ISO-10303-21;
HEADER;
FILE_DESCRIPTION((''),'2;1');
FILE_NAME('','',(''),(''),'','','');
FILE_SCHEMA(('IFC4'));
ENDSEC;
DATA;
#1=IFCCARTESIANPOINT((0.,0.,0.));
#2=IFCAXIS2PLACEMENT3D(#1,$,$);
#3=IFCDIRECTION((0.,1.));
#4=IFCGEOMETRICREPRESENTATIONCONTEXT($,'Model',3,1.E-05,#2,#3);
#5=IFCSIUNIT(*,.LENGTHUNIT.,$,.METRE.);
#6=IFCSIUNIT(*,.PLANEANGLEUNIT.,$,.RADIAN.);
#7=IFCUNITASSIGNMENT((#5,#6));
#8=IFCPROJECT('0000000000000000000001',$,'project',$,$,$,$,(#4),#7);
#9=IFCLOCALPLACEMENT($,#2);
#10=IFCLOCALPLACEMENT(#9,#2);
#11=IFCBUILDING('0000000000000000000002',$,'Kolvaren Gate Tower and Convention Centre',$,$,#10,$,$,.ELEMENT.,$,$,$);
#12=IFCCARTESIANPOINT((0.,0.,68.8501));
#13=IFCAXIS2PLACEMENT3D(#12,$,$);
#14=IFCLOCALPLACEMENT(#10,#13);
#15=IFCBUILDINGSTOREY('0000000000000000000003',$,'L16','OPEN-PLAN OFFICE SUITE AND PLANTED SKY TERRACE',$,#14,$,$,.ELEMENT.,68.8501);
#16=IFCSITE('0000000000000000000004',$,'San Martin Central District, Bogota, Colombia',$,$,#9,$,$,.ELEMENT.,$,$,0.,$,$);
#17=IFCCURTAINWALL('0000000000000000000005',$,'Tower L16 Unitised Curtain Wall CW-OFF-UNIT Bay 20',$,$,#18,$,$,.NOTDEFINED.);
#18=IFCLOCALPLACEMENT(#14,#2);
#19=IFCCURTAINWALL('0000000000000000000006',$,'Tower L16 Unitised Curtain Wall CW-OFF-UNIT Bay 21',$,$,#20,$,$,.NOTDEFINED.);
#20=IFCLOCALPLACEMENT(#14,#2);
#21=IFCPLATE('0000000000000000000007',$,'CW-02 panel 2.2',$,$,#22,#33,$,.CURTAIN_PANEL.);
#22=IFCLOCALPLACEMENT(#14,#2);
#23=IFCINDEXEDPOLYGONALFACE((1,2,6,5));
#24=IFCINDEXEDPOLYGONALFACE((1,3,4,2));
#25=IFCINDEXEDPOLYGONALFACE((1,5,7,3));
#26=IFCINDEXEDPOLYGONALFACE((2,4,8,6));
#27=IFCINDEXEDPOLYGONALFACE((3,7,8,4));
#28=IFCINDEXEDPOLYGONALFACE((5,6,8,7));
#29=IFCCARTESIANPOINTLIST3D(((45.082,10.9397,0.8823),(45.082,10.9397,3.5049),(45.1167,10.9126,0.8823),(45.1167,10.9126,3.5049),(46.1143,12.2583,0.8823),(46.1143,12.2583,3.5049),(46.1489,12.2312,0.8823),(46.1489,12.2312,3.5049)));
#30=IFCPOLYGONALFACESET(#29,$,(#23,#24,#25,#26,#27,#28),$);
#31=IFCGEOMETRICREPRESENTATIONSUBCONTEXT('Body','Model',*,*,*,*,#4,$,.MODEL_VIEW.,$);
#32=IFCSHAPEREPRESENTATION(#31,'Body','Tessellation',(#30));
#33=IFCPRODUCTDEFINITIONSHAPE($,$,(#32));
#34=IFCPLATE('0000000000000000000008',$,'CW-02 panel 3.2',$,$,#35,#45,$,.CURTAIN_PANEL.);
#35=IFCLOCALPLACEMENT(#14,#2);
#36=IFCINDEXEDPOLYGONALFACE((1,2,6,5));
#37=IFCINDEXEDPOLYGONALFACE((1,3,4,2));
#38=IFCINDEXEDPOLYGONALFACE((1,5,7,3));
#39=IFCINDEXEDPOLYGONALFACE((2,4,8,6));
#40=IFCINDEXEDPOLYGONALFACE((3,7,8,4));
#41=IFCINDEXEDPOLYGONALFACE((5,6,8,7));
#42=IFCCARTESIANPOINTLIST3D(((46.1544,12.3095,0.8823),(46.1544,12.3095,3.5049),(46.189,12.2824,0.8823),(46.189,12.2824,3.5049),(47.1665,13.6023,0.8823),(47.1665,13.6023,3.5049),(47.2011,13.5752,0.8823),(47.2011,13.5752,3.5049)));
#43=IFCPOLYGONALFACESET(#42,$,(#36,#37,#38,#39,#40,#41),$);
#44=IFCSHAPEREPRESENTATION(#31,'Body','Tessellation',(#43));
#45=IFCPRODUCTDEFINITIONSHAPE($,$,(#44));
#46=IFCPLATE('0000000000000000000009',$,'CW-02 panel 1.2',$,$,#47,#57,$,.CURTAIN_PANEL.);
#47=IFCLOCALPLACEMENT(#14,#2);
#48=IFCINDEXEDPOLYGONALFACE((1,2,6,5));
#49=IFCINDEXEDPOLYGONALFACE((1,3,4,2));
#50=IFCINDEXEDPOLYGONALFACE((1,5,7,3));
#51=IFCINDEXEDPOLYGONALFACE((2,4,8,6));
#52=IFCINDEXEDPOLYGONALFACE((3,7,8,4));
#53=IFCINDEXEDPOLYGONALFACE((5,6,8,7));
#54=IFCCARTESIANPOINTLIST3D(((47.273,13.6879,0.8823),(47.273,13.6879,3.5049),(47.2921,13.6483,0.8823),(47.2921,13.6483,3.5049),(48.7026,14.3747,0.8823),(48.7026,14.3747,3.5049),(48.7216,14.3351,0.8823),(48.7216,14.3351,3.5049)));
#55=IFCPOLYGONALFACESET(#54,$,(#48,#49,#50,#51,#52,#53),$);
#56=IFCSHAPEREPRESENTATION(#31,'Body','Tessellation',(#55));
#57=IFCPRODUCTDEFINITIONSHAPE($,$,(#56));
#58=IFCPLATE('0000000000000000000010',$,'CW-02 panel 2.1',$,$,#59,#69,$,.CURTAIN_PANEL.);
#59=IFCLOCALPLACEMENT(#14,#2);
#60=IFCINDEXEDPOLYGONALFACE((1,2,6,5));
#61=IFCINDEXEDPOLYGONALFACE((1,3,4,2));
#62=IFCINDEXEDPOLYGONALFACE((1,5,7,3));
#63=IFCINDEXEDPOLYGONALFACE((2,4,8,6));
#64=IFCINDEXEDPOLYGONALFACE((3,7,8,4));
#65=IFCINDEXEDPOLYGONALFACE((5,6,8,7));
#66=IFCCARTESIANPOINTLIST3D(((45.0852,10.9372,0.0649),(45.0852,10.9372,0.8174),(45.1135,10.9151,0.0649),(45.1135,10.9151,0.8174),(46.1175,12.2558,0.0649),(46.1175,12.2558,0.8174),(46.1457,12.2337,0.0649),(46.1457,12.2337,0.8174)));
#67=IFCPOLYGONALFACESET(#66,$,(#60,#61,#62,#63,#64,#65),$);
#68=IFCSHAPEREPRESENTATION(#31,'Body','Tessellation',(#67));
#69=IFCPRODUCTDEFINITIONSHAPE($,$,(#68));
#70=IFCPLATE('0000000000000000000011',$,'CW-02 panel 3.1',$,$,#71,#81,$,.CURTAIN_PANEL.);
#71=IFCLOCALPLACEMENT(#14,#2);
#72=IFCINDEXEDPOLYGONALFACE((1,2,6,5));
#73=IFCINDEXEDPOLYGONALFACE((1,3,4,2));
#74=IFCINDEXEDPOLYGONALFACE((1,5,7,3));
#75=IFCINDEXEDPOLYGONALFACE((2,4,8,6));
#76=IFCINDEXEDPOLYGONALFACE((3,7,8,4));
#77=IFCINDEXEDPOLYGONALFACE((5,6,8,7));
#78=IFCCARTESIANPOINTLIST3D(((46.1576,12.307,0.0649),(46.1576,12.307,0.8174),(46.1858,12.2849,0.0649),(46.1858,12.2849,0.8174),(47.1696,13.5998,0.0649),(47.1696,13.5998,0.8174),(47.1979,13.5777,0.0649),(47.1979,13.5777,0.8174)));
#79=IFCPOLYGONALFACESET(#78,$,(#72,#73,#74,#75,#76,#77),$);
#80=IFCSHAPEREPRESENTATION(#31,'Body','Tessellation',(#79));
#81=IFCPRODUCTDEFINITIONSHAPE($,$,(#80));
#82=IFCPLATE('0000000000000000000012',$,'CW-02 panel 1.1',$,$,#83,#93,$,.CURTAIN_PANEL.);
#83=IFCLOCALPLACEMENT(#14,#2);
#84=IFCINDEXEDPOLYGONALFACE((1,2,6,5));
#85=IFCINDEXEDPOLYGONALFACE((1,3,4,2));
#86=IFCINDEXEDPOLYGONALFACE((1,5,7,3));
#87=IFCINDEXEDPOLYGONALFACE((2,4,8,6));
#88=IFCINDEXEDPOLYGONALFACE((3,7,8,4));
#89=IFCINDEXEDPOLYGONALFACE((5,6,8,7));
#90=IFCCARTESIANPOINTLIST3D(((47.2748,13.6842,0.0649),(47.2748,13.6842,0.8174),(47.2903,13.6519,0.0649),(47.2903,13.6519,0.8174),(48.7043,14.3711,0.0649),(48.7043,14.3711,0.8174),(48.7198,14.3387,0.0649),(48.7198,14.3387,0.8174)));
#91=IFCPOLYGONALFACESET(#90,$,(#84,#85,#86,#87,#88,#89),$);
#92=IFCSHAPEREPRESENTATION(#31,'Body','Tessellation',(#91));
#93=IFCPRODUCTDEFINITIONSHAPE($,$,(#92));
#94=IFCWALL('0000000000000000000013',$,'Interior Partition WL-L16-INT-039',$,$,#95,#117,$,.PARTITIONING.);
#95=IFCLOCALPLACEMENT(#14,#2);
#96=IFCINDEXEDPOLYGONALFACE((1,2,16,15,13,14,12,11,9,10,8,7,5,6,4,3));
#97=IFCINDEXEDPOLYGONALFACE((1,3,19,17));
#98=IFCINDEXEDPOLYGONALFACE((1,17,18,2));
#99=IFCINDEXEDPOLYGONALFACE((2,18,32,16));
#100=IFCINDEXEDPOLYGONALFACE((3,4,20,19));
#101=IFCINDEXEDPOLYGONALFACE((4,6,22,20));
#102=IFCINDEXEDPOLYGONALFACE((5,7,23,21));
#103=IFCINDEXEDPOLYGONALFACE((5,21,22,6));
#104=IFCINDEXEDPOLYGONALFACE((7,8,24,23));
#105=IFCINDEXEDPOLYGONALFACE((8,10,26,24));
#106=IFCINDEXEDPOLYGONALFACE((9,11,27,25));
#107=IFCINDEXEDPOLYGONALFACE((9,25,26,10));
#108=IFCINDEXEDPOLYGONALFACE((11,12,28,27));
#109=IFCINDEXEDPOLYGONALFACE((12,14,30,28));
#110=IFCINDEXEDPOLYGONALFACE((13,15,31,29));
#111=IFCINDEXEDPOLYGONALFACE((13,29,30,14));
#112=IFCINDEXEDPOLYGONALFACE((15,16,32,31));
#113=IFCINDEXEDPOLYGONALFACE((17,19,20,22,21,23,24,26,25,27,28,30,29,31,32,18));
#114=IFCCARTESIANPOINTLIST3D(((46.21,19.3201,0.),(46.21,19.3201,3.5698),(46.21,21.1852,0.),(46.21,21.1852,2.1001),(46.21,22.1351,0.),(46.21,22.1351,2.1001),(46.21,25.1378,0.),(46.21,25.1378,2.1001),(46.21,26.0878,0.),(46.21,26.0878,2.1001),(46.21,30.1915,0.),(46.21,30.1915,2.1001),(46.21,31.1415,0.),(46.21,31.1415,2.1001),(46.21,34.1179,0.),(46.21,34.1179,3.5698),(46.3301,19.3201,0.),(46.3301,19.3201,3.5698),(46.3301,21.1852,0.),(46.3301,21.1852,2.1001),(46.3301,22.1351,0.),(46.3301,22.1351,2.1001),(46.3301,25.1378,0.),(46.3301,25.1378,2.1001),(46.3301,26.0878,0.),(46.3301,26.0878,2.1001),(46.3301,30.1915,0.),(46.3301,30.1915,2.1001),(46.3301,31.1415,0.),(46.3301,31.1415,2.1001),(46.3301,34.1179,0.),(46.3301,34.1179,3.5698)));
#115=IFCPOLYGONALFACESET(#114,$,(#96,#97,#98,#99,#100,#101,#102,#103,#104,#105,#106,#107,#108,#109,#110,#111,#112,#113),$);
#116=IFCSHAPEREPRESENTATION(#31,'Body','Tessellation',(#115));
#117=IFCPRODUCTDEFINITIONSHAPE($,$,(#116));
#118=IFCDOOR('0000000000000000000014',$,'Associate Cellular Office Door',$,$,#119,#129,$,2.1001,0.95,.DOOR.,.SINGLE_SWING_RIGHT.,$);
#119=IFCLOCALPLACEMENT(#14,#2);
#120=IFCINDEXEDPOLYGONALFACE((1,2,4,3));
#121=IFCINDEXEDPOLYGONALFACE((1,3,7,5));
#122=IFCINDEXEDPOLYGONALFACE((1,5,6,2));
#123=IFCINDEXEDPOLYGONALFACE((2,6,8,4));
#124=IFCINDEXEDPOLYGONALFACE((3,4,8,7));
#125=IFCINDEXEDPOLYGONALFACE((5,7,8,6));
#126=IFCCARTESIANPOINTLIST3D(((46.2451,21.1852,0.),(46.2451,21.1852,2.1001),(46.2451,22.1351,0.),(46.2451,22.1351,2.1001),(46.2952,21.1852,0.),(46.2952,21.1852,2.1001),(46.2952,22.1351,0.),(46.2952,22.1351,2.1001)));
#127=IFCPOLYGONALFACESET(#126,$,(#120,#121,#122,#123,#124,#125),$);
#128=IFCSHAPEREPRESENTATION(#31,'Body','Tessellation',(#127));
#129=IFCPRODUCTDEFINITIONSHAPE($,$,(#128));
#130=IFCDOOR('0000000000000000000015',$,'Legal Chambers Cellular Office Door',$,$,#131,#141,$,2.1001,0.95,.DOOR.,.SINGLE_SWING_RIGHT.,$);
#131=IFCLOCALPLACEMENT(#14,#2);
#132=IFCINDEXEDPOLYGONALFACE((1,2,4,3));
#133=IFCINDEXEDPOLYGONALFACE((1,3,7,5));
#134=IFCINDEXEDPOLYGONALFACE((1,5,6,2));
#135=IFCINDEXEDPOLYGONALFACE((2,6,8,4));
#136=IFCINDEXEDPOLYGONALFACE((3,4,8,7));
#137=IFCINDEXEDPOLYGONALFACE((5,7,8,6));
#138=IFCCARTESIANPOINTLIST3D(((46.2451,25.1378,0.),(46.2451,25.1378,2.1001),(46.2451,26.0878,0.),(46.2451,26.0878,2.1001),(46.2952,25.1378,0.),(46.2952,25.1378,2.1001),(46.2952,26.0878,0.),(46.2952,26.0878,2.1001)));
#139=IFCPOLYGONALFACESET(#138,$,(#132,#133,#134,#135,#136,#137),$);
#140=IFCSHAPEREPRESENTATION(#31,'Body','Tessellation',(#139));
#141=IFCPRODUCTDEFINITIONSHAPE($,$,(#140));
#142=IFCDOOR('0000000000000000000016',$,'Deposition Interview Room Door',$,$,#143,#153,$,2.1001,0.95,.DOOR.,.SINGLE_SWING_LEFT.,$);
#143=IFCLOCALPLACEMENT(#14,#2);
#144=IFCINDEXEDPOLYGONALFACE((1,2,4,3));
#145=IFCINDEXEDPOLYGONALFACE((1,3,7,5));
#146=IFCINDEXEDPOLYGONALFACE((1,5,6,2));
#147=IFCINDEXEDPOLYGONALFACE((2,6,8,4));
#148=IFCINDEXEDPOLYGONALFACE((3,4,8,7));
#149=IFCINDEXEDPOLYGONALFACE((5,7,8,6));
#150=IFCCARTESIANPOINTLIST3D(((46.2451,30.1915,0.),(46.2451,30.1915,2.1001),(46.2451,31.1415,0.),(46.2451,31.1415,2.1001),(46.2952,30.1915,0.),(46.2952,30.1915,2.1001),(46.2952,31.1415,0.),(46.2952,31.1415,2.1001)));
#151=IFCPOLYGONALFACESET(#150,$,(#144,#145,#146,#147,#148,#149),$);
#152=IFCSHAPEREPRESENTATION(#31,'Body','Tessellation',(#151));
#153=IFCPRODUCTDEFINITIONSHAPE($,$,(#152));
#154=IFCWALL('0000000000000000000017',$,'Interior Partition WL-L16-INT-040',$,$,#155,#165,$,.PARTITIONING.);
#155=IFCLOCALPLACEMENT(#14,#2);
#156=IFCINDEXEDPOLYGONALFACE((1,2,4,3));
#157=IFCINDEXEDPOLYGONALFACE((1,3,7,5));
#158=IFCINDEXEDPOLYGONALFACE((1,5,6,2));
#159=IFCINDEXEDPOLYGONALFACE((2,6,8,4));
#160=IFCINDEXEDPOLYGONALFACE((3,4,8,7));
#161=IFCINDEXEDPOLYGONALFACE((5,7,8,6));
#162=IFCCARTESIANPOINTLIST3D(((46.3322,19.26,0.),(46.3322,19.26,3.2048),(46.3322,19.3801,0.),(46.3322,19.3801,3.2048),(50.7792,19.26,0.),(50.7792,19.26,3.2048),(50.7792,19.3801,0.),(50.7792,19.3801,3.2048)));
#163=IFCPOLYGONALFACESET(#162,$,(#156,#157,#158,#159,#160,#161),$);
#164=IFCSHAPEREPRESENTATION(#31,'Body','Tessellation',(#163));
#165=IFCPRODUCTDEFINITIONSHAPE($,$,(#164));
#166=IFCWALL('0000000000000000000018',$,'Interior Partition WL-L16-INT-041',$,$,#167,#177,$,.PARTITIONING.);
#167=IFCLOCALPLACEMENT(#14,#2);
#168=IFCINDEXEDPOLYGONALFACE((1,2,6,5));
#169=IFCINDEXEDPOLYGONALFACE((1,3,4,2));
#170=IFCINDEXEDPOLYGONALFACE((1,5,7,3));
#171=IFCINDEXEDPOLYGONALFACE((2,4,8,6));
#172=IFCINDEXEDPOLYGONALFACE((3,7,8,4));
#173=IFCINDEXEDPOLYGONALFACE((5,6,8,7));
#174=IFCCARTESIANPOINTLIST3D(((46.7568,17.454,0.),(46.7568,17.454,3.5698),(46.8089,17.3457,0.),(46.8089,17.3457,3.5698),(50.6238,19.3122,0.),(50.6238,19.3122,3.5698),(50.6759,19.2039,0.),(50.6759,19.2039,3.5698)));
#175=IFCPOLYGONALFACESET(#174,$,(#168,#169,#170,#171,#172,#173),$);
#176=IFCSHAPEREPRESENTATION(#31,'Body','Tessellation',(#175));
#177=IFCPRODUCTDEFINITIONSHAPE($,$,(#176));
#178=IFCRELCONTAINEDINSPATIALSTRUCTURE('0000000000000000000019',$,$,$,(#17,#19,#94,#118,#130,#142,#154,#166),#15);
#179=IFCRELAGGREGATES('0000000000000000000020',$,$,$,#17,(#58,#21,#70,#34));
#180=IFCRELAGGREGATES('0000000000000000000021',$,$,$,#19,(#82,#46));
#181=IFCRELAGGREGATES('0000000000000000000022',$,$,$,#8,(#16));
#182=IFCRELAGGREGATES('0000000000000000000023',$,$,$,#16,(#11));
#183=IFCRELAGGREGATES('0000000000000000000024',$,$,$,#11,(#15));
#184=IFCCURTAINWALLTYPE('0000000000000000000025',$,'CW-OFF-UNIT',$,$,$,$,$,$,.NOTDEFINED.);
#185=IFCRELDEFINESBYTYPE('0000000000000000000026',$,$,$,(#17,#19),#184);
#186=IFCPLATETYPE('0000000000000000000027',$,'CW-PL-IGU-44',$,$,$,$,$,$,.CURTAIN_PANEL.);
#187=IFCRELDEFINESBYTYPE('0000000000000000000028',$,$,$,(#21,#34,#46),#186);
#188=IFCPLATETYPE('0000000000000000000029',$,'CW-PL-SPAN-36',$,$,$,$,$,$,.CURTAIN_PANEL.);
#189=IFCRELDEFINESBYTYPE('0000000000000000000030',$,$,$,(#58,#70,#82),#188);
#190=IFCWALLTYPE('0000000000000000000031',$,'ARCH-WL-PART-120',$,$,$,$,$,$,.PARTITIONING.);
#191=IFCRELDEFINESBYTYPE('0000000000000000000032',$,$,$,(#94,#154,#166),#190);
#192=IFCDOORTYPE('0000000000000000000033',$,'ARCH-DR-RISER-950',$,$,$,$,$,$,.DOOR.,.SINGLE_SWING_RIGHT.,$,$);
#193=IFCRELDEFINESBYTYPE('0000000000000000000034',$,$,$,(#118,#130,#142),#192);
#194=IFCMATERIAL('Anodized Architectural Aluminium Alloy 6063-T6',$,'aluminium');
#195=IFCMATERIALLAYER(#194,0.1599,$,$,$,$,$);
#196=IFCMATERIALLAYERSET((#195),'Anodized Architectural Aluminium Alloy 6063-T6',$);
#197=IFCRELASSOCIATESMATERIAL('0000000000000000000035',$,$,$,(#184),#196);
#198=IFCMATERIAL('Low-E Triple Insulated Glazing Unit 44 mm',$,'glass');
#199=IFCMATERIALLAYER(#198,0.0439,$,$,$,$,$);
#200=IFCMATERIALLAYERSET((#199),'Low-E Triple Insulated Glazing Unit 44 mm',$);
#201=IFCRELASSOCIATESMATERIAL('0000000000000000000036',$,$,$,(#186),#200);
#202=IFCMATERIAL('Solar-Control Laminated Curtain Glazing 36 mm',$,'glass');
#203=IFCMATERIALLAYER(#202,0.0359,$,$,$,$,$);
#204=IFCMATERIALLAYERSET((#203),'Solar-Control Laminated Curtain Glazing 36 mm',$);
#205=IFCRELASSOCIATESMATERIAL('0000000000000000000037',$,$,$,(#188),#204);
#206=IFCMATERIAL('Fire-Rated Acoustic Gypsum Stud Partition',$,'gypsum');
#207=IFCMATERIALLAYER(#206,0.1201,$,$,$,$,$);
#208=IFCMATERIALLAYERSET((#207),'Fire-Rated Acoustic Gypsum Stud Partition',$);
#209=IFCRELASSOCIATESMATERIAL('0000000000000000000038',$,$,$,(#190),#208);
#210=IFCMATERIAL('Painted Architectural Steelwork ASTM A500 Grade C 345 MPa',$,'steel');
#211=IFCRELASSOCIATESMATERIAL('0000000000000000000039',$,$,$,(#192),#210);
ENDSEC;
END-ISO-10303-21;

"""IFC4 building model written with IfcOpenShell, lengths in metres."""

from ifc_helpers import new_model, si_unit, direction, frame, frame_2d, origin, origin_2d, place, context, subcontext, project, spatial, rectangle, extrude, material, layer, layer_set, type_object, element, fill, aggregate, save


model = new_model("IFC4")

# Units and contexts
model_context = context("Model", 3, precision=1e-05, world=origin(), true_north=direction((0.0, 1.0)))
body_context = subcontext(model_context, "Body", "Model", "MODEL_VIEW")
ifc_project = project(units=[si_unit("LENGTHUNIT", "METRE"), si_unit("PLANEANGLEUNIT", "RADIAN")], contexts=[model_context])

# Site, building, storey
site_placement = place(None, origin())
site = spatial("IfcSite", under=ifc_project, at=site_placement, Name="San Martin Central District, Bogota, Colombia", CompositionType="ELEMENT", RefElevation=0.0)
building_placement = place(site_placement, origin())
building = spatial("IfcBuilding", under=site, at=building_placement, Name="Kolvaren Gate Tower and Convention Centre", CompositionType="ELEMENT")
storey_placement = place(building_placement, frame((0.0, 0.0, 68.8501)))
storey = spatial("IfcBuildingStorey", under=building, at=storey_placement, Name="L16", Description="OPEN-PLAN OFFICE SUITE AND PLANTED SKY TERRACE", CompositionType="ELEMENT", Elevation=68.8501)

# Curtain wall
ifc_material_1 = material(Name="Anodized Architectural Aluminium Alloy 6063-T6", Category="aluminium")
ifc_layer_1 = layer(ifc_material_1, 0.1599)
ifc_layer_set_1 = layer_set([ifc_layer_1], Name="Anodized Architectural Aluminium Alloy 6063-T6")
curtain_wall_type = type_object("IfcCurtainWallType", Name="CW-OFF-UNIT", PredefinedType="NOTDEFINED", material=ifc_layer_set_1)
curtain_wall_1_placement = place(storey_placement, origin())
curtain_wall_1 = element("IfcCurtainWall", 1, at=curtain_wall_1_placement, inside=storey, type_object=curtain_wall_type, Name="Tower L16 Unitised Curtain Wall CW-OFF-UNIT Bay 20", PredefinedType="NOTDEFINED")

# Curtain wall
curtain_wall_2_placement = place(storey_placement, origin())
curtain_wall_2 = element("IfcCurtainWall", 2, at=curtain_wall_2_placement, inside=storey, type_object=curtain_wall_type, Name="Tower L16 Unitised Curtain Wall CW-OFF-UNIT Bay 21", PredefinedType="NOTDEFINED")

# Plates
ifc_material_2 = material(Name="Low-E Triple Insulated Glazing Unit 44 mm", Category="glass")
ifc_layer_2 = layer(ifc_material_2, 0.0439)
ifc_layer_set_2 = layer_set([ifc_layer_2], Name="Low-E Triple Insulated Glazing Unit 44 mm")
plate_type_1 = type_object("IfcPlateType", Name="CW-PL-IGU-44", PredefinedType="CURTAIN_PANEL", material=ifc_layer_set_2)
plate_1_placement = place(storey_placement, frame((45.6155, 11.5854, 0.8823), z_axis=(0.0, 0.0, 1.0), x_axis=(0.616434, 0.787406, 0.0)))
plate_1 = element("IfcPlate", 3, at=plate_1_placement, type_object=plate_type_1, Name="CW-02 panel 2.2", PredefinedType="CURTAIN_PANEL", context=body_context, shape_type="SweptSolid", body=[
    extrude(rectangle(XDim=1.6746, YDim=0.0439, at=origin_2d()), origin(), (0.0, 0.0, 1.0), 2.6226),
])
plate_2_placement = place(storey_placement, frame((46.6777, 12.9424, 0.8823), z_axis=(0.0, 0.0, 1.0), x_axis=(0.616434, 0.787406, 0.0)))
plate_2 = element("IfcPlate", 4, at=plate_2_placement, type_object=plate_type_1, Name="CW-02 panel 3.2", PredefinedType="CURTAIN_PANEL", context=body_context, shape_type="SweptSolid", body=[
    extrude(rectangle(XDim=1.6418, YDim=0.0439, at=origin_2d()), origin(), (0.0, 0.0, 1.0), 2.6226),
])
plate_3_placement = place(storey_placement, frame((47.9973, 14.0115, 0.8823), z_axis=(0.0, 0.0, 1.0), x_axis=(0.901362, 0.433067, 0.0)))
plate_3 = element("IfcPlate", 5, at=plate_3_placement, type_object=plate_type_1, Name="CW-02 panel 1.2", PredefinedType="CURTAIN_PANEL", context=body_context, shape_type="SweptSolid", body=[
    extrude(rectangle(XDim=1.5859, YDim=0.0439, at=origin_2d()), origin(), (0.0, 0.0, 1.0), 2.6226),
])
ifc_material_3 = material(Name="Solar-Control Laminated Curtain Glazing 36 mm", Category="glass")
ifc_layer_3 = layer(ifc_material_3, 0.0359)
ifc_layer_set_3 = layer_set([ifc_layer_3], Name="Solar-Control Laminated Curtain Glazing 36 mm")
plate_type_2 = type_object("IfcPlateType", Name="CW-PL-SPAN-36", PredefinedType="CURTAIN_PANEL", material=ifc_layer_set_3)
plate_4_placement = place(storey_placement, frame((45.6155, 11.5854, 0.0649), z_axis=(0.0, 0.0, 1.0), x_axis=(0.616434, 0.787406, 0.0)))
plate_4 = element("IfcPlate", 6, at=plate_4_placement, type_object=plate_type_2, Name="CW-02 panel 2.1", PredefinedType="CURTAIN_PANEL", context=body_context, shape_type="SweptSolid", body=[
    extrude(rectangle(XDim=1.6746, YDim=0.0359, at=origin_2d()), origin(), (0.0, 0.0, 1.0), 0.7524),
])
plate_5_placement = place(storey_placement, frame((46.6777, 12.9424, 0.0649), z_axis=(0.0, 0.0, 1.0), x_axis=(0.616434, 0.787406, 0.0)))
plate_5 = element("IfcPlate", 7, at=plate_5_placement, type_object=plate_type_2, Name="CW-02 panel 3.1", PredefinedType="CURTAIN_PANEL", context=body_context, shape_type="SweptSolid", body=[
    extrude(rectangle(XDim=1.6418, YDim=0.0359, at=origin_2d()), origin(), (0.0, 0.0, 1.0), 0.7524),
])
aggregate(curtain_wall_1, [plate_4, plate_1, plate_5, plate_2])
plate_6_placement = place(storey_placement, frame((47.9973, 14.0115, 0.0649), z_axis=(0.0, 0.0, 1.0), x_axis=(0.901362, 0.433067, 0.0)))
plate_6 = element("IfcPlate", 8, at=plate_6_placement, type_object=plate_type_2, Name="CW-02 panel 1.1", PredefinedType="CURTAIN_PANEL", context=body_context, shape_type="SweptSolid", body=[
    extrude(rectangle(XDim=1.5859, YDim=0.0359, at=origin_2d()), origin(), (0.0, 0.0, 1.0), 0.7524),
])
aggregate(curtain_wall_2, [plate_6, plate_3])

# Wall, openings, doors
ifc_material_4 = material(Name="Fire-Rated Acoustic Gypsum Stud Partition", Category="gypsum")
ifc_layer_4 = layer(ifc_material_4, 0.1201)
ifc_layer_set_4 = layer_set([ifc_layer_4], Name="Fire-Rated Acoustic Gypsum Stud Partition")
wall_type = type_object("IfcWallType", Name="ARCH-WL-PART-120", PredefinedType="PARTITIONING", material=ifc_layer_set_4)
wall_1_placement = place(storey_placement, frame((46.27, 19.3201, 0.0), z_axis=(0.0, 0.0, 1.0), x_axis=(0.0, 1.0, 0.0)))
wall_1 = element("IfcWall", 9, at=wall_1_placement, inside=storey, type_object=wall_type, Name="Interior Partition WL-L16-INT-039", PredefinedType="PARTITIONING", context=body_context, shape_type="SweptSolid", body=[
    extrude(rectangle(XDim=14.7979, YDim=0.1201, at=frame_2d((7.3989, 0.0))), origin(), (0.0, 0.0, 1.0), 3.5698),
])
opening_1_placement = place(wall_1_placement, frame((1.865, 0.0, 0.0)))
opening_1 = element("IfcOpeningElement", 10, at=opening_1_placement, cuts=wall_1, PredefinedType="OPENING", context=body_context, shape_type="SweptSolid", body=[
    extrude(rectangle(XDim=0.95, YDim=2.1001, at=frame_2d((0.4751, 1.05))), frame((0.0, 0.0701, 0.0), z_axis=(0.0, -1.0, 0.0), x_axis=(1.0, 0.0, 0.0)), (0.0, 0.0, 1.0), 0.1401),
])
opening_2_placement = place(wall_1_placement, frame((5.8176, 0.0, 0.0)))
opening_2 = element("IfcOpeningElement", 11, at=opening_2_placement, cuts=wall_1, PredefinedType="OPENING", context=body_context, shape_type="SweptSolid", body=[
    extrude(rectangle(XDim=0.95, YDim=2.1001, at=frame_2d((0.4751, 1.05))), frame((0.0, 0.0701, 0.0), z_axis=(0.0, -1.0, 0.0), x_axis=(1.0, 0.0, 0.0)), (0.0, 0.0, 1.0), 0.1401),
])
opening_3_placement = place(wall_1_placement, frame((10.8713, 0.0, 0.0)))
opening_3 = element("IfcOpeningElement", 12, at=opening_3_placement, cuts=wall_1, PredefinedType="OPENING", context=body_context, shape_type="SweptSolid", body=[
    extrude(rectangle(XDim=0.95, YDim=2.1001, at=frame_2d((0.4751, 1.05))), frame((0.0, 0.0701, 0.0), z_axis=(0.0, -1.0, 0.0), x_axis=(1.0, 0.0, 0.0)), (0.0, 0.0, 1.0), 0.1401),
])
ifc_material_5 = material(Name="Painted Architectural Steelwork ASTM A500 Grade C 345 MPa", Category="steel")
door_type = type_object("IfcDoorType", Name="ARCH-DR-RISER-950", OperationType="SINGLE_SWING_RIGHT", PredefinedType="DOOR", material=ifc_material_5)
door_1_placement = place(opening_1_placement, origin())
door_1 = element("IfcDoor", 13, at=door_1_placement, inside=storey, type_object=door_type, Name="Associate Cellular Office Door", OperationType="SINGLE_SWING_RIGHT", OverallHeight=2.1001, OverallWidth=0.95, PredefinedType="DOOR", context=body_context, shape_type="SweptSolid", body=[
    extrude(rectangle(XDim=0.95, YDim=2.1001, at=frame_2d((0.4751, 1.05))), frame((0.0, 0.0249, 0.0), z_axis=(0.0, -1.0, 0.0), x_axis=(1.0, 0.0, 0.0)), (0.0, 0.0, 1.0), 0.05),
])
fill(opening_1, door_1)
door_2_placement = place(opening_2_placement, origin())
door_2 = element("IfcDoor", 14, at=door_2_placement, inside=storey, type_object=door_type, Name="Legal Chambers Cellular Office Door", OperationType="SINGLE_SWING_RIGHT", OverallHeight=2.1001, OverallWidth=0.95, PredefinedType="DOOR", context=body_context, shape_type="SweptSolid", body=[
    extrude(rectangle(XDim=0.95, YDim=2.1001, at=frame_2d((0.4751, 1.05))), frame((0.0, 0.0249, 0.0), z_axis=(0.0, -1.0, 0.0), x_axis=(1.0, 0.0, 0.0)), (0.0, 0.0, 1.0), 0.05),
])
fill(opening_2, door_2)
door_3_placement = place(opening_3_placement, origin())
door_3 = element("IfcDoor", 15, at=door_3_placement, inside=storey, type_object=door_type, Name="Deposition Interview Room Door", OperationType="SINGLE_SWING_LEFT", OverallHeight=2.1001, OverallWidth=0.95, PredefinedType="DOOR", context=body_context, shape_type="SweptSolid", body=[
    extrude(rectangle(XDim=0.95, YDim=2.1001, at=frame_2d((0.4751, 1.05))), frame((0.0, 0.0249, 0.0), z_axis=(0.0, -1.0, 0.0), x_axis=(1.0, 0.0, 0.0)), (0.0, 0.0, 1.0), 0.05),
])
fill(opening_3, door_3)

# Walls
wall_2_placement = place(storey_placement, frame((46.332, 19.3201, 0.0), z_axis=(0.0, 0.0, 1.0), x_axis=(1.0, 0.0, 0.0)))
element("IfcWall", 16, at=wall_2_placement, inside=storey, type_object=wall_type, Name="Interior Partition WL-L16-INT-040", PredefinedType="PARTITIONING", context=body_context, shape_type="SweptSolid", body=[
    extrude(rectangle(XDim=4.447, YDim=0.1201, at=frame_2d((2.2236, 0.0))), origin(), (0.0, 0.0, 1.0), 3.2048),
])
wall_3_placement = place(storey_placement, frame((46.783, 17.3999, 0.0), z_axis=(0.0, 0.0, 1.0), x_axis=(0.901339, 0.433114, 0.0)))
element("IfcWall", 17, at=wall_3_placement, inside=storey, type_object=wall_type, Name="Interior Partition WL-L16-INT-041", PredefinedType="PARTITIONING", context=body_context, shape_type="SweptSolid", body=[
    extrude(rectangle(XDim=4.2903, YDim=0.1201, at=frame_2d((2.145, 0.0))), origin(), (0.0, 0.0, 1.0), 3.5698),
])

save(model, "model.ifc")
